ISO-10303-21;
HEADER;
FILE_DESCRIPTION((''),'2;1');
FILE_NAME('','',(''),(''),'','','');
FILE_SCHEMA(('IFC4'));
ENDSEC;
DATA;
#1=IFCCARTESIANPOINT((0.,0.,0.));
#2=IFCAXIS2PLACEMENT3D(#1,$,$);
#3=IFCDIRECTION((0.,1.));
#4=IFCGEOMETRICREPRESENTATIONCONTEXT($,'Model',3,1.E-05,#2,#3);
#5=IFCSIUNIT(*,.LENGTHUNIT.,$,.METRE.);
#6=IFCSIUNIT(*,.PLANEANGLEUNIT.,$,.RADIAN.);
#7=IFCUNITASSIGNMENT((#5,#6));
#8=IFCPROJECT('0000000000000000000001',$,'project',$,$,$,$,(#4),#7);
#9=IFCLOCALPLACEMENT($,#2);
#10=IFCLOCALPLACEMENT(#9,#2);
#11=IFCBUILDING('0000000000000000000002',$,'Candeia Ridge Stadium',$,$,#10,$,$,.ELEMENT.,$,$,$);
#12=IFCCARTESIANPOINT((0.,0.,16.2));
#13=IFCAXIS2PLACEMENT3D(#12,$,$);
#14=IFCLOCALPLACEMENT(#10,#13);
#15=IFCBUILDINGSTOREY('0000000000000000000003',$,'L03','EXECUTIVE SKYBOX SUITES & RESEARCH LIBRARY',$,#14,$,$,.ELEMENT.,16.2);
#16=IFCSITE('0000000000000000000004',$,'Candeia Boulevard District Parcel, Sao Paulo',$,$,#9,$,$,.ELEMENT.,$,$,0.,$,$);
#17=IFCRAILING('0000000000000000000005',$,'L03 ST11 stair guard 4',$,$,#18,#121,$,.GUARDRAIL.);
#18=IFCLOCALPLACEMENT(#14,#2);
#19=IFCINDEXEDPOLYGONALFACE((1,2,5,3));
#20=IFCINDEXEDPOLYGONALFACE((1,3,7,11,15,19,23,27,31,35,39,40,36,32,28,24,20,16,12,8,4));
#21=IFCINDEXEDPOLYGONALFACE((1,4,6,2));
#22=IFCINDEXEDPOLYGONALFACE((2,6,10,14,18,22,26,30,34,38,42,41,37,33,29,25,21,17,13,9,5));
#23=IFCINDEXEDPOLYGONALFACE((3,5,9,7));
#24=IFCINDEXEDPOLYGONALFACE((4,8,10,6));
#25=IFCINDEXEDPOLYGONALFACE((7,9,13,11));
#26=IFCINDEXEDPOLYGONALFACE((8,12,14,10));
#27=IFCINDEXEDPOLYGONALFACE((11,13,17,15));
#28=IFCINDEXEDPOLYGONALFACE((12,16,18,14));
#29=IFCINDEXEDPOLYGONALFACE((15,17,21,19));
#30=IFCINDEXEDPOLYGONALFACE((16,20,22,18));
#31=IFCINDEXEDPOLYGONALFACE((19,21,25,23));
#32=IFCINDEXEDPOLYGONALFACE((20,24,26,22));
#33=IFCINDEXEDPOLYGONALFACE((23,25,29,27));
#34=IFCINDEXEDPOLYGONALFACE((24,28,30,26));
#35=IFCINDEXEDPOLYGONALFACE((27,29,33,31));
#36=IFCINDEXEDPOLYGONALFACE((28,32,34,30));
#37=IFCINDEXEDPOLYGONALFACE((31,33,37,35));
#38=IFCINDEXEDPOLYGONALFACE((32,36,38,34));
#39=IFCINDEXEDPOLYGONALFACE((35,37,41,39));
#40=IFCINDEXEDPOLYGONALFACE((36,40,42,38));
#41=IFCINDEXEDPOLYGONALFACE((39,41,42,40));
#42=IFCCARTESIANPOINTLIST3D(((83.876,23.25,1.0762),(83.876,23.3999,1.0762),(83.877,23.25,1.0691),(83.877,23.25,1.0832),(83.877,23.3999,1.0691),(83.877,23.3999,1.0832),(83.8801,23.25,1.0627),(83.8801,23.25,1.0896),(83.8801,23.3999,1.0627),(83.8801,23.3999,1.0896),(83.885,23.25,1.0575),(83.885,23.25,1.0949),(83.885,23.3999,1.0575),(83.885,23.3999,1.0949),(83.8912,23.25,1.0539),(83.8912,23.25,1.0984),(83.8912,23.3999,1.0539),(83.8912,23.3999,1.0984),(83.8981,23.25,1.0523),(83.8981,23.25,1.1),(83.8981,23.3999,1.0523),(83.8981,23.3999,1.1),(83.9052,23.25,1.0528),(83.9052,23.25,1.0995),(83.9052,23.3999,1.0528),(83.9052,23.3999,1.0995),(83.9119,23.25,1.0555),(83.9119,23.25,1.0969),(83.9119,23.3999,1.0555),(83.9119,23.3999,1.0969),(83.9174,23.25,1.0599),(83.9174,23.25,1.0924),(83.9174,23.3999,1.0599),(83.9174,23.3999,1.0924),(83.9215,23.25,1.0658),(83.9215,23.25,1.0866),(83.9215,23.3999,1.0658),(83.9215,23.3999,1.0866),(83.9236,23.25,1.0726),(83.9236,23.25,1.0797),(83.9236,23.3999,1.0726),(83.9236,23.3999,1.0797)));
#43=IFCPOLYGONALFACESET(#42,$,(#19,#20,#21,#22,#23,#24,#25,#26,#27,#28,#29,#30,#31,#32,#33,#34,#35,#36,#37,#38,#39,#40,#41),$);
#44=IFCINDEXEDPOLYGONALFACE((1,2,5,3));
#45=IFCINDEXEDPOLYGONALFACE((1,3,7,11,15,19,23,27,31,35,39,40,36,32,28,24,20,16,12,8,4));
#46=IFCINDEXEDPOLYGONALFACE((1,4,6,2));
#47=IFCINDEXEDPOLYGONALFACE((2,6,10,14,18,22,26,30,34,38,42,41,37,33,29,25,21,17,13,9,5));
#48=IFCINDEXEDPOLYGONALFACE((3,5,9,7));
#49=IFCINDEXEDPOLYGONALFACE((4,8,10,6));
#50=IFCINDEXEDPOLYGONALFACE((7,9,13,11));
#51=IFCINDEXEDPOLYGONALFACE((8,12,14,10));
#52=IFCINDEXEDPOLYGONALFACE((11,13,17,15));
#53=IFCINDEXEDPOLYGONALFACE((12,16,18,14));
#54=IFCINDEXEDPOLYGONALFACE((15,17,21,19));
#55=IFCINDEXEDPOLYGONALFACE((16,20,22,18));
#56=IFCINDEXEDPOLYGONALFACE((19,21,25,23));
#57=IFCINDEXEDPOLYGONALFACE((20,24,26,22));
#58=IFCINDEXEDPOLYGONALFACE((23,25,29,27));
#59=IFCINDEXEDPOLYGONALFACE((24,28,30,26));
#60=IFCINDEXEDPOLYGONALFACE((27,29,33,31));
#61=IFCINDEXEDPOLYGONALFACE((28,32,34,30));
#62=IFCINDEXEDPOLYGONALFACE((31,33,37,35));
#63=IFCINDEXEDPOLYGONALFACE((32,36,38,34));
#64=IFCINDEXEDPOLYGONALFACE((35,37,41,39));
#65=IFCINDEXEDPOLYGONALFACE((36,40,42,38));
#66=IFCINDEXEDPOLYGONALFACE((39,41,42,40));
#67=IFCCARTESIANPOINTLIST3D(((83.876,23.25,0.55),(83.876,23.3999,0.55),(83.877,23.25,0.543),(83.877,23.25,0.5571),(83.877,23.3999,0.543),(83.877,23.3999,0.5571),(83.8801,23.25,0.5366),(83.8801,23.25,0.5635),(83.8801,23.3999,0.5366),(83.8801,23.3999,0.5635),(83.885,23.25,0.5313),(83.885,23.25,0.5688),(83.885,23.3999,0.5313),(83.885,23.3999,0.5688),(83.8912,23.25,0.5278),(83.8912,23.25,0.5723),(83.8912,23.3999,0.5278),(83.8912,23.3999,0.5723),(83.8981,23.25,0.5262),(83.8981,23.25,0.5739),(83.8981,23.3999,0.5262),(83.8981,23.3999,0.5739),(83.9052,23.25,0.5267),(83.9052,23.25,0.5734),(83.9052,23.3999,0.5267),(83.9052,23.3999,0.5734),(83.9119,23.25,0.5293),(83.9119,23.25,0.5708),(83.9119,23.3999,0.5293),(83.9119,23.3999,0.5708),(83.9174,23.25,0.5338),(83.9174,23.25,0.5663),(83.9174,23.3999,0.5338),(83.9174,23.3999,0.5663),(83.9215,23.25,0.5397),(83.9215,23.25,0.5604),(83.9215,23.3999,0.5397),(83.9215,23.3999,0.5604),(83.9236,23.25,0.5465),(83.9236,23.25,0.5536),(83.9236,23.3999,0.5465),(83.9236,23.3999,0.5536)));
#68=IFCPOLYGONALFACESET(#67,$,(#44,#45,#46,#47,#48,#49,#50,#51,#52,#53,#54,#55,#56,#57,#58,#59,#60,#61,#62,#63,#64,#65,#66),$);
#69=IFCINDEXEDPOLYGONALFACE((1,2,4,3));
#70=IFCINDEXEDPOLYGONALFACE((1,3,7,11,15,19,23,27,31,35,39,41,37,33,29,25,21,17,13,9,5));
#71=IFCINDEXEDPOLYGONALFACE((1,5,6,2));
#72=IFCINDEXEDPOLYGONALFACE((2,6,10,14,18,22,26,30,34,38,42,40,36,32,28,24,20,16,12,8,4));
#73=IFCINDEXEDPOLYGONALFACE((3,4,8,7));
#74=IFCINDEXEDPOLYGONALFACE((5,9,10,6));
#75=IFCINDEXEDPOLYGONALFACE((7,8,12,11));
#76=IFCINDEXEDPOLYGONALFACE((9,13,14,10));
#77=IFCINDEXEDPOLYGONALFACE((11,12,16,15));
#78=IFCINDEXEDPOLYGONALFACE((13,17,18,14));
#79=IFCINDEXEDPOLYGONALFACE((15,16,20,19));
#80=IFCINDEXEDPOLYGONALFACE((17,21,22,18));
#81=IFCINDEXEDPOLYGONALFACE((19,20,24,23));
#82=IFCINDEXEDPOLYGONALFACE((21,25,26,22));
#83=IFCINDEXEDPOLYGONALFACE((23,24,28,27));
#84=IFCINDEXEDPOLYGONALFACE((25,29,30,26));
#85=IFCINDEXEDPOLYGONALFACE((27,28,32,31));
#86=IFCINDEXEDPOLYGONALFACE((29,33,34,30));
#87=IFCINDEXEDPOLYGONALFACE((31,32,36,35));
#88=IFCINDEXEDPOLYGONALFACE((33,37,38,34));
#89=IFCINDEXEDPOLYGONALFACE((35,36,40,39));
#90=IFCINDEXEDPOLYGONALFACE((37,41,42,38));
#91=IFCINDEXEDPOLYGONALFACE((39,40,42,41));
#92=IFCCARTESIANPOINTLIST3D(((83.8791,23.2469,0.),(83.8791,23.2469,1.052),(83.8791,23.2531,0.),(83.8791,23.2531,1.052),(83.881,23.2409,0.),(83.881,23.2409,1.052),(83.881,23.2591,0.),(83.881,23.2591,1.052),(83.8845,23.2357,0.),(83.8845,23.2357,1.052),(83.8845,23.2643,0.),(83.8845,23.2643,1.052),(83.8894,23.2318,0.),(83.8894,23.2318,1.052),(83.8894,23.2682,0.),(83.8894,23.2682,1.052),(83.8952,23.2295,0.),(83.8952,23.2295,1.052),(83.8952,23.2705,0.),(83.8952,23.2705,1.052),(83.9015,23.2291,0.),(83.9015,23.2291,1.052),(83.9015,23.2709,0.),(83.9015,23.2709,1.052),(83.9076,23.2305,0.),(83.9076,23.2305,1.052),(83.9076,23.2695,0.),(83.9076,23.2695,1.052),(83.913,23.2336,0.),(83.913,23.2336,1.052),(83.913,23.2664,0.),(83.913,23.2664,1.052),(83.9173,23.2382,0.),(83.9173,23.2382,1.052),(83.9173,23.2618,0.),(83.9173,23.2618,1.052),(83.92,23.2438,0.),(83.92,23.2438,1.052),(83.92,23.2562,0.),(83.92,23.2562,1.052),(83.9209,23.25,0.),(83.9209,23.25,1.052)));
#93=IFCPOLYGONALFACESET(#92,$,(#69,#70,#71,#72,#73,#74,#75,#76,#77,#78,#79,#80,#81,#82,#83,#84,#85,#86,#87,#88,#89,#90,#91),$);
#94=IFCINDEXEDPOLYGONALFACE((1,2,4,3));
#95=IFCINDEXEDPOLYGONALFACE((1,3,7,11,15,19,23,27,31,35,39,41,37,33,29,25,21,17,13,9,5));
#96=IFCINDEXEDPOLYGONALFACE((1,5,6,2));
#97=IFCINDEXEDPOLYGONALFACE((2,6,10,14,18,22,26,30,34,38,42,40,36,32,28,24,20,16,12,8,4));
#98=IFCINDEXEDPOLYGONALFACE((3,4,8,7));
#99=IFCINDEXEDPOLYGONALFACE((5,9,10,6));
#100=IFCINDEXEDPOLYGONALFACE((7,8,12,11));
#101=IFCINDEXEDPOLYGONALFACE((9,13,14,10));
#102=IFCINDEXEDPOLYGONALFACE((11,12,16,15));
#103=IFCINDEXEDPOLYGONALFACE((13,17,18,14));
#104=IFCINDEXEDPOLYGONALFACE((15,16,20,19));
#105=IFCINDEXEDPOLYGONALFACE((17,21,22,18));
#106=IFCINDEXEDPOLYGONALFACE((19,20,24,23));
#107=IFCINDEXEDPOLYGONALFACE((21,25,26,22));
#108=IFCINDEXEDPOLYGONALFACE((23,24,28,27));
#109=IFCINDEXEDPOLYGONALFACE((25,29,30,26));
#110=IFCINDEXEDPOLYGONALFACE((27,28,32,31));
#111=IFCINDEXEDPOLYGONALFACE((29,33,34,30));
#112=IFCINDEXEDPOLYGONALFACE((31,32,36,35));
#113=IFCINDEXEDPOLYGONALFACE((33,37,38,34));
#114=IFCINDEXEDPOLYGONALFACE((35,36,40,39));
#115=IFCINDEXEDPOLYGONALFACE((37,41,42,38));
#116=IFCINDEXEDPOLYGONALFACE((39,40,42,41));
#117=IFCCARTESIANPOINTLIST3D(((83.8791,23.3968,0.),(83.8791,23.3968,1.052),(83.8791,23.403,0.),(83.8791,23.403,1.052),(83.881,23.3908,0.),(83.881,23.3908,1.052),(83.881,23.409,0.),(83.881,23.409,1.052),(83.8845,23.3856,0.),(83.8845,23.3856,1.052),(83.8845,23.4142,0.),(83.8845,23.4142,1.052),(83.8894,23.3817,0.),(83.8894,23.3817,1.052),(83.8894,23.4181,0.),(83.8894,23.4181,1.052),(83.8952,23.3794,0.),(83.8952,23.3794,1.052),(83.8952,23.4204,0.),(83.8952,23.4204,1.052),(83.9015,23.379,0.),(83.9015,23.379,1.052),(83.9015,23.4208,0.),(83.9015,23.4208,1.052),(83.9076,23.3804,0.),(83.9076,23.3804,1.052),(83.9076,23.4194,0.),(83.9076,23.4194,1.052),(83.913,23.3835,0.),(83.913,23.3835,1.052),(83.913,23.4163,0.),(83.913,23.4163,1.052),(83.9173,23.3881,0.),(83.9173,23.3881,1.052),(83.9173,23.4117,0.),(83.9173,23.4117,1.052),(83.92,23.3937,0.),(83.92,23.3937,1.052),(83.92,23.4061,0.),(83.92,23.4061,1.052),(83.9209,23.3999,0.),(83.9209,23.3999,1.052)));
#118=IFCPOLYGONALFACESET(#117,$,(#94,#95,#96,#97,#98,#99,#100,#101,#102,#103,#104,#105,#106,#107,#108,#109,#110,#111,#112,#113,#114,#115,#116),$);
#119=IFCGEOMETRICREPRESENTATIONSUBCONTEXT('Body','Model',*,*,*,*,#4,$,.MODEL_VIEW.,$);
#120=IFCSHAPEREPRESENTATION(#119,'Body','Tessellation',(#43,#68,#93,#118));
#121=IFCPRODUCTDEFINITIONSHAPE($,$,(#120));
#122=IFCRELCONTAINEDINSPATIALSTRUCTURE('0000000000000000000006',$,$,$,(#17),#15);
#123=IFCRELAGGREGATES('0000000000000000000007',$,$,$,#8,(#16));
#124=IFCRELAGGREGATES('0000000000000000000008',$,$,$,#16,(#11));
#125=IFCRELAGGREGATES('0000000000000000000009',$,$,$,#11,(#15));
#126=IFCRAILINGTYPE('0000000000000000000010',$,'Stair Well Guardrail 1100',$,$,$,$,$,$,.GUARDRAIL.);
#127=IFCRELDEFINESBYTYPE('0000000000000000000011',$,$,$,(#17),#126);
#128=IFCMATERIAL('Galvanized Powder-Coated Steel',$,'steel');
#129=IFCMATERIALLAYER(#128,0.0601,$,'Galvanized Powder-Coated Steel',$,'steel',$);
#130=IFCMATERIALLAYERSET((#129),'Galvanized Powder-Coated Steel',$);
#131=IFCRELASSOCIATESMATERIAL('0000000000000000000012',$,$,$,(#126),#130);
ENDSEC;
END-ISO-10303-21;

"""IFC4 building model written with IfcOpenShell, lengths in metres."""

from ifc_helpers import new_model, si_unit, direction, frame, origin, origin_2d, place, context, subcontext, project, spatial, circle, extrude, material, layer, layer_set, type_object, element, save


model = new_model("IFC4")

# Units and contexts
model_context = context("Model", 3, precision=1e-05, world=origin(), true_north=direction((0.0, 1.0)))
body_context = subcontext(model_context, "Body", "Model", "MODEL_VIEW")
ifc_project = project(units=[si_unit("LENGTHUNIT", "METRE"), si_unit("PLANEANGLEUNIT", "RADIAN")], contexts=[model_context])

# Site, building, storey
site_placement = place(None, origin())
site = spatial("IfcSite", under=ifc_project, at=site_placement, Name="Candeia Boulevard District Parcel, Sao Paulo", CompositionType="ELEMENT", RefElevation=0.0)
building_placement = place(site_placement, origin())
building = spatial("IfcBuilding", under=site, at=building_placement, Name="Candeia Ridge Stadium", CompositionType="ELEMENT")
storey_placement = place(building_placement, frame((0.0, 0.0, 16.2)))
storey = spatial("IfcBuildingStorey", under=building, at=storey_placement, Name="L03", Description="EXECUTIVE SKYBOX SUITES & RESEARCH LIBRARY", CompositionType="ELEMENT", Elevation=16.2)

# Railing
ifc_material_1 = material(Name="Galvanized Powder-Coated Steel", Category="steel")
ifc_layer_1 = layer(ifc_material_1, 0.0601, Name="Galvanized Powder-Coated Steel", Category="steel")
ifc_layer_set_1 = layer_set([ifc_layer_1], Name="Galvanized Powder-Coated Steel")
railing_type_1 = type_object("IfcRailingType", Name="Stair Well Guardrail 1100", PredefinedType="GUARDRAIL", material=ifc_layer_set_1)
railing_1_placement = place(storey_placement, frame((83.8999, 23.25, 0.0)))
element("IfcRailing", 1, at=railing_1_placement, inside=storey, type_object=railing_type_1, Name="L03 ST11 stair guard 4", PredefinedType="GUARDRAIL", context=body_context, shape_type="SweptSolid", body=[
    extrude(circle(Radius=0.0239, at=origin_2d()), frame((0.0, 0.0, 1.0762), z_axis=(0.0, 1.0, 0.0), x_axis=(-1.0, 0.0, 0.0)), (0.0, 0.0, 1.0), 0.1499),
    extrude(circle(Radius=0.0239, at=origin_2d()), frame((0.0, 0.0, 0.55), z_axis=(0.0, 1.0, 0.0), x_axis=(-1.0, 0.0, 0.0)), (0.0, 0.0, 1.0), 0.1499),
    extrude(circle(Radius=0.021, at=origin_2d()), origin(), (0.0, 0.0, 1.0), 1.052),
    extrude(circle(Radius=0.021, at=origin_2d()), frame((0.0, 0.1499, 0.0)), (0.0, 0.0, 1.0), 1.052),
])

save(model, "model.ifc")
